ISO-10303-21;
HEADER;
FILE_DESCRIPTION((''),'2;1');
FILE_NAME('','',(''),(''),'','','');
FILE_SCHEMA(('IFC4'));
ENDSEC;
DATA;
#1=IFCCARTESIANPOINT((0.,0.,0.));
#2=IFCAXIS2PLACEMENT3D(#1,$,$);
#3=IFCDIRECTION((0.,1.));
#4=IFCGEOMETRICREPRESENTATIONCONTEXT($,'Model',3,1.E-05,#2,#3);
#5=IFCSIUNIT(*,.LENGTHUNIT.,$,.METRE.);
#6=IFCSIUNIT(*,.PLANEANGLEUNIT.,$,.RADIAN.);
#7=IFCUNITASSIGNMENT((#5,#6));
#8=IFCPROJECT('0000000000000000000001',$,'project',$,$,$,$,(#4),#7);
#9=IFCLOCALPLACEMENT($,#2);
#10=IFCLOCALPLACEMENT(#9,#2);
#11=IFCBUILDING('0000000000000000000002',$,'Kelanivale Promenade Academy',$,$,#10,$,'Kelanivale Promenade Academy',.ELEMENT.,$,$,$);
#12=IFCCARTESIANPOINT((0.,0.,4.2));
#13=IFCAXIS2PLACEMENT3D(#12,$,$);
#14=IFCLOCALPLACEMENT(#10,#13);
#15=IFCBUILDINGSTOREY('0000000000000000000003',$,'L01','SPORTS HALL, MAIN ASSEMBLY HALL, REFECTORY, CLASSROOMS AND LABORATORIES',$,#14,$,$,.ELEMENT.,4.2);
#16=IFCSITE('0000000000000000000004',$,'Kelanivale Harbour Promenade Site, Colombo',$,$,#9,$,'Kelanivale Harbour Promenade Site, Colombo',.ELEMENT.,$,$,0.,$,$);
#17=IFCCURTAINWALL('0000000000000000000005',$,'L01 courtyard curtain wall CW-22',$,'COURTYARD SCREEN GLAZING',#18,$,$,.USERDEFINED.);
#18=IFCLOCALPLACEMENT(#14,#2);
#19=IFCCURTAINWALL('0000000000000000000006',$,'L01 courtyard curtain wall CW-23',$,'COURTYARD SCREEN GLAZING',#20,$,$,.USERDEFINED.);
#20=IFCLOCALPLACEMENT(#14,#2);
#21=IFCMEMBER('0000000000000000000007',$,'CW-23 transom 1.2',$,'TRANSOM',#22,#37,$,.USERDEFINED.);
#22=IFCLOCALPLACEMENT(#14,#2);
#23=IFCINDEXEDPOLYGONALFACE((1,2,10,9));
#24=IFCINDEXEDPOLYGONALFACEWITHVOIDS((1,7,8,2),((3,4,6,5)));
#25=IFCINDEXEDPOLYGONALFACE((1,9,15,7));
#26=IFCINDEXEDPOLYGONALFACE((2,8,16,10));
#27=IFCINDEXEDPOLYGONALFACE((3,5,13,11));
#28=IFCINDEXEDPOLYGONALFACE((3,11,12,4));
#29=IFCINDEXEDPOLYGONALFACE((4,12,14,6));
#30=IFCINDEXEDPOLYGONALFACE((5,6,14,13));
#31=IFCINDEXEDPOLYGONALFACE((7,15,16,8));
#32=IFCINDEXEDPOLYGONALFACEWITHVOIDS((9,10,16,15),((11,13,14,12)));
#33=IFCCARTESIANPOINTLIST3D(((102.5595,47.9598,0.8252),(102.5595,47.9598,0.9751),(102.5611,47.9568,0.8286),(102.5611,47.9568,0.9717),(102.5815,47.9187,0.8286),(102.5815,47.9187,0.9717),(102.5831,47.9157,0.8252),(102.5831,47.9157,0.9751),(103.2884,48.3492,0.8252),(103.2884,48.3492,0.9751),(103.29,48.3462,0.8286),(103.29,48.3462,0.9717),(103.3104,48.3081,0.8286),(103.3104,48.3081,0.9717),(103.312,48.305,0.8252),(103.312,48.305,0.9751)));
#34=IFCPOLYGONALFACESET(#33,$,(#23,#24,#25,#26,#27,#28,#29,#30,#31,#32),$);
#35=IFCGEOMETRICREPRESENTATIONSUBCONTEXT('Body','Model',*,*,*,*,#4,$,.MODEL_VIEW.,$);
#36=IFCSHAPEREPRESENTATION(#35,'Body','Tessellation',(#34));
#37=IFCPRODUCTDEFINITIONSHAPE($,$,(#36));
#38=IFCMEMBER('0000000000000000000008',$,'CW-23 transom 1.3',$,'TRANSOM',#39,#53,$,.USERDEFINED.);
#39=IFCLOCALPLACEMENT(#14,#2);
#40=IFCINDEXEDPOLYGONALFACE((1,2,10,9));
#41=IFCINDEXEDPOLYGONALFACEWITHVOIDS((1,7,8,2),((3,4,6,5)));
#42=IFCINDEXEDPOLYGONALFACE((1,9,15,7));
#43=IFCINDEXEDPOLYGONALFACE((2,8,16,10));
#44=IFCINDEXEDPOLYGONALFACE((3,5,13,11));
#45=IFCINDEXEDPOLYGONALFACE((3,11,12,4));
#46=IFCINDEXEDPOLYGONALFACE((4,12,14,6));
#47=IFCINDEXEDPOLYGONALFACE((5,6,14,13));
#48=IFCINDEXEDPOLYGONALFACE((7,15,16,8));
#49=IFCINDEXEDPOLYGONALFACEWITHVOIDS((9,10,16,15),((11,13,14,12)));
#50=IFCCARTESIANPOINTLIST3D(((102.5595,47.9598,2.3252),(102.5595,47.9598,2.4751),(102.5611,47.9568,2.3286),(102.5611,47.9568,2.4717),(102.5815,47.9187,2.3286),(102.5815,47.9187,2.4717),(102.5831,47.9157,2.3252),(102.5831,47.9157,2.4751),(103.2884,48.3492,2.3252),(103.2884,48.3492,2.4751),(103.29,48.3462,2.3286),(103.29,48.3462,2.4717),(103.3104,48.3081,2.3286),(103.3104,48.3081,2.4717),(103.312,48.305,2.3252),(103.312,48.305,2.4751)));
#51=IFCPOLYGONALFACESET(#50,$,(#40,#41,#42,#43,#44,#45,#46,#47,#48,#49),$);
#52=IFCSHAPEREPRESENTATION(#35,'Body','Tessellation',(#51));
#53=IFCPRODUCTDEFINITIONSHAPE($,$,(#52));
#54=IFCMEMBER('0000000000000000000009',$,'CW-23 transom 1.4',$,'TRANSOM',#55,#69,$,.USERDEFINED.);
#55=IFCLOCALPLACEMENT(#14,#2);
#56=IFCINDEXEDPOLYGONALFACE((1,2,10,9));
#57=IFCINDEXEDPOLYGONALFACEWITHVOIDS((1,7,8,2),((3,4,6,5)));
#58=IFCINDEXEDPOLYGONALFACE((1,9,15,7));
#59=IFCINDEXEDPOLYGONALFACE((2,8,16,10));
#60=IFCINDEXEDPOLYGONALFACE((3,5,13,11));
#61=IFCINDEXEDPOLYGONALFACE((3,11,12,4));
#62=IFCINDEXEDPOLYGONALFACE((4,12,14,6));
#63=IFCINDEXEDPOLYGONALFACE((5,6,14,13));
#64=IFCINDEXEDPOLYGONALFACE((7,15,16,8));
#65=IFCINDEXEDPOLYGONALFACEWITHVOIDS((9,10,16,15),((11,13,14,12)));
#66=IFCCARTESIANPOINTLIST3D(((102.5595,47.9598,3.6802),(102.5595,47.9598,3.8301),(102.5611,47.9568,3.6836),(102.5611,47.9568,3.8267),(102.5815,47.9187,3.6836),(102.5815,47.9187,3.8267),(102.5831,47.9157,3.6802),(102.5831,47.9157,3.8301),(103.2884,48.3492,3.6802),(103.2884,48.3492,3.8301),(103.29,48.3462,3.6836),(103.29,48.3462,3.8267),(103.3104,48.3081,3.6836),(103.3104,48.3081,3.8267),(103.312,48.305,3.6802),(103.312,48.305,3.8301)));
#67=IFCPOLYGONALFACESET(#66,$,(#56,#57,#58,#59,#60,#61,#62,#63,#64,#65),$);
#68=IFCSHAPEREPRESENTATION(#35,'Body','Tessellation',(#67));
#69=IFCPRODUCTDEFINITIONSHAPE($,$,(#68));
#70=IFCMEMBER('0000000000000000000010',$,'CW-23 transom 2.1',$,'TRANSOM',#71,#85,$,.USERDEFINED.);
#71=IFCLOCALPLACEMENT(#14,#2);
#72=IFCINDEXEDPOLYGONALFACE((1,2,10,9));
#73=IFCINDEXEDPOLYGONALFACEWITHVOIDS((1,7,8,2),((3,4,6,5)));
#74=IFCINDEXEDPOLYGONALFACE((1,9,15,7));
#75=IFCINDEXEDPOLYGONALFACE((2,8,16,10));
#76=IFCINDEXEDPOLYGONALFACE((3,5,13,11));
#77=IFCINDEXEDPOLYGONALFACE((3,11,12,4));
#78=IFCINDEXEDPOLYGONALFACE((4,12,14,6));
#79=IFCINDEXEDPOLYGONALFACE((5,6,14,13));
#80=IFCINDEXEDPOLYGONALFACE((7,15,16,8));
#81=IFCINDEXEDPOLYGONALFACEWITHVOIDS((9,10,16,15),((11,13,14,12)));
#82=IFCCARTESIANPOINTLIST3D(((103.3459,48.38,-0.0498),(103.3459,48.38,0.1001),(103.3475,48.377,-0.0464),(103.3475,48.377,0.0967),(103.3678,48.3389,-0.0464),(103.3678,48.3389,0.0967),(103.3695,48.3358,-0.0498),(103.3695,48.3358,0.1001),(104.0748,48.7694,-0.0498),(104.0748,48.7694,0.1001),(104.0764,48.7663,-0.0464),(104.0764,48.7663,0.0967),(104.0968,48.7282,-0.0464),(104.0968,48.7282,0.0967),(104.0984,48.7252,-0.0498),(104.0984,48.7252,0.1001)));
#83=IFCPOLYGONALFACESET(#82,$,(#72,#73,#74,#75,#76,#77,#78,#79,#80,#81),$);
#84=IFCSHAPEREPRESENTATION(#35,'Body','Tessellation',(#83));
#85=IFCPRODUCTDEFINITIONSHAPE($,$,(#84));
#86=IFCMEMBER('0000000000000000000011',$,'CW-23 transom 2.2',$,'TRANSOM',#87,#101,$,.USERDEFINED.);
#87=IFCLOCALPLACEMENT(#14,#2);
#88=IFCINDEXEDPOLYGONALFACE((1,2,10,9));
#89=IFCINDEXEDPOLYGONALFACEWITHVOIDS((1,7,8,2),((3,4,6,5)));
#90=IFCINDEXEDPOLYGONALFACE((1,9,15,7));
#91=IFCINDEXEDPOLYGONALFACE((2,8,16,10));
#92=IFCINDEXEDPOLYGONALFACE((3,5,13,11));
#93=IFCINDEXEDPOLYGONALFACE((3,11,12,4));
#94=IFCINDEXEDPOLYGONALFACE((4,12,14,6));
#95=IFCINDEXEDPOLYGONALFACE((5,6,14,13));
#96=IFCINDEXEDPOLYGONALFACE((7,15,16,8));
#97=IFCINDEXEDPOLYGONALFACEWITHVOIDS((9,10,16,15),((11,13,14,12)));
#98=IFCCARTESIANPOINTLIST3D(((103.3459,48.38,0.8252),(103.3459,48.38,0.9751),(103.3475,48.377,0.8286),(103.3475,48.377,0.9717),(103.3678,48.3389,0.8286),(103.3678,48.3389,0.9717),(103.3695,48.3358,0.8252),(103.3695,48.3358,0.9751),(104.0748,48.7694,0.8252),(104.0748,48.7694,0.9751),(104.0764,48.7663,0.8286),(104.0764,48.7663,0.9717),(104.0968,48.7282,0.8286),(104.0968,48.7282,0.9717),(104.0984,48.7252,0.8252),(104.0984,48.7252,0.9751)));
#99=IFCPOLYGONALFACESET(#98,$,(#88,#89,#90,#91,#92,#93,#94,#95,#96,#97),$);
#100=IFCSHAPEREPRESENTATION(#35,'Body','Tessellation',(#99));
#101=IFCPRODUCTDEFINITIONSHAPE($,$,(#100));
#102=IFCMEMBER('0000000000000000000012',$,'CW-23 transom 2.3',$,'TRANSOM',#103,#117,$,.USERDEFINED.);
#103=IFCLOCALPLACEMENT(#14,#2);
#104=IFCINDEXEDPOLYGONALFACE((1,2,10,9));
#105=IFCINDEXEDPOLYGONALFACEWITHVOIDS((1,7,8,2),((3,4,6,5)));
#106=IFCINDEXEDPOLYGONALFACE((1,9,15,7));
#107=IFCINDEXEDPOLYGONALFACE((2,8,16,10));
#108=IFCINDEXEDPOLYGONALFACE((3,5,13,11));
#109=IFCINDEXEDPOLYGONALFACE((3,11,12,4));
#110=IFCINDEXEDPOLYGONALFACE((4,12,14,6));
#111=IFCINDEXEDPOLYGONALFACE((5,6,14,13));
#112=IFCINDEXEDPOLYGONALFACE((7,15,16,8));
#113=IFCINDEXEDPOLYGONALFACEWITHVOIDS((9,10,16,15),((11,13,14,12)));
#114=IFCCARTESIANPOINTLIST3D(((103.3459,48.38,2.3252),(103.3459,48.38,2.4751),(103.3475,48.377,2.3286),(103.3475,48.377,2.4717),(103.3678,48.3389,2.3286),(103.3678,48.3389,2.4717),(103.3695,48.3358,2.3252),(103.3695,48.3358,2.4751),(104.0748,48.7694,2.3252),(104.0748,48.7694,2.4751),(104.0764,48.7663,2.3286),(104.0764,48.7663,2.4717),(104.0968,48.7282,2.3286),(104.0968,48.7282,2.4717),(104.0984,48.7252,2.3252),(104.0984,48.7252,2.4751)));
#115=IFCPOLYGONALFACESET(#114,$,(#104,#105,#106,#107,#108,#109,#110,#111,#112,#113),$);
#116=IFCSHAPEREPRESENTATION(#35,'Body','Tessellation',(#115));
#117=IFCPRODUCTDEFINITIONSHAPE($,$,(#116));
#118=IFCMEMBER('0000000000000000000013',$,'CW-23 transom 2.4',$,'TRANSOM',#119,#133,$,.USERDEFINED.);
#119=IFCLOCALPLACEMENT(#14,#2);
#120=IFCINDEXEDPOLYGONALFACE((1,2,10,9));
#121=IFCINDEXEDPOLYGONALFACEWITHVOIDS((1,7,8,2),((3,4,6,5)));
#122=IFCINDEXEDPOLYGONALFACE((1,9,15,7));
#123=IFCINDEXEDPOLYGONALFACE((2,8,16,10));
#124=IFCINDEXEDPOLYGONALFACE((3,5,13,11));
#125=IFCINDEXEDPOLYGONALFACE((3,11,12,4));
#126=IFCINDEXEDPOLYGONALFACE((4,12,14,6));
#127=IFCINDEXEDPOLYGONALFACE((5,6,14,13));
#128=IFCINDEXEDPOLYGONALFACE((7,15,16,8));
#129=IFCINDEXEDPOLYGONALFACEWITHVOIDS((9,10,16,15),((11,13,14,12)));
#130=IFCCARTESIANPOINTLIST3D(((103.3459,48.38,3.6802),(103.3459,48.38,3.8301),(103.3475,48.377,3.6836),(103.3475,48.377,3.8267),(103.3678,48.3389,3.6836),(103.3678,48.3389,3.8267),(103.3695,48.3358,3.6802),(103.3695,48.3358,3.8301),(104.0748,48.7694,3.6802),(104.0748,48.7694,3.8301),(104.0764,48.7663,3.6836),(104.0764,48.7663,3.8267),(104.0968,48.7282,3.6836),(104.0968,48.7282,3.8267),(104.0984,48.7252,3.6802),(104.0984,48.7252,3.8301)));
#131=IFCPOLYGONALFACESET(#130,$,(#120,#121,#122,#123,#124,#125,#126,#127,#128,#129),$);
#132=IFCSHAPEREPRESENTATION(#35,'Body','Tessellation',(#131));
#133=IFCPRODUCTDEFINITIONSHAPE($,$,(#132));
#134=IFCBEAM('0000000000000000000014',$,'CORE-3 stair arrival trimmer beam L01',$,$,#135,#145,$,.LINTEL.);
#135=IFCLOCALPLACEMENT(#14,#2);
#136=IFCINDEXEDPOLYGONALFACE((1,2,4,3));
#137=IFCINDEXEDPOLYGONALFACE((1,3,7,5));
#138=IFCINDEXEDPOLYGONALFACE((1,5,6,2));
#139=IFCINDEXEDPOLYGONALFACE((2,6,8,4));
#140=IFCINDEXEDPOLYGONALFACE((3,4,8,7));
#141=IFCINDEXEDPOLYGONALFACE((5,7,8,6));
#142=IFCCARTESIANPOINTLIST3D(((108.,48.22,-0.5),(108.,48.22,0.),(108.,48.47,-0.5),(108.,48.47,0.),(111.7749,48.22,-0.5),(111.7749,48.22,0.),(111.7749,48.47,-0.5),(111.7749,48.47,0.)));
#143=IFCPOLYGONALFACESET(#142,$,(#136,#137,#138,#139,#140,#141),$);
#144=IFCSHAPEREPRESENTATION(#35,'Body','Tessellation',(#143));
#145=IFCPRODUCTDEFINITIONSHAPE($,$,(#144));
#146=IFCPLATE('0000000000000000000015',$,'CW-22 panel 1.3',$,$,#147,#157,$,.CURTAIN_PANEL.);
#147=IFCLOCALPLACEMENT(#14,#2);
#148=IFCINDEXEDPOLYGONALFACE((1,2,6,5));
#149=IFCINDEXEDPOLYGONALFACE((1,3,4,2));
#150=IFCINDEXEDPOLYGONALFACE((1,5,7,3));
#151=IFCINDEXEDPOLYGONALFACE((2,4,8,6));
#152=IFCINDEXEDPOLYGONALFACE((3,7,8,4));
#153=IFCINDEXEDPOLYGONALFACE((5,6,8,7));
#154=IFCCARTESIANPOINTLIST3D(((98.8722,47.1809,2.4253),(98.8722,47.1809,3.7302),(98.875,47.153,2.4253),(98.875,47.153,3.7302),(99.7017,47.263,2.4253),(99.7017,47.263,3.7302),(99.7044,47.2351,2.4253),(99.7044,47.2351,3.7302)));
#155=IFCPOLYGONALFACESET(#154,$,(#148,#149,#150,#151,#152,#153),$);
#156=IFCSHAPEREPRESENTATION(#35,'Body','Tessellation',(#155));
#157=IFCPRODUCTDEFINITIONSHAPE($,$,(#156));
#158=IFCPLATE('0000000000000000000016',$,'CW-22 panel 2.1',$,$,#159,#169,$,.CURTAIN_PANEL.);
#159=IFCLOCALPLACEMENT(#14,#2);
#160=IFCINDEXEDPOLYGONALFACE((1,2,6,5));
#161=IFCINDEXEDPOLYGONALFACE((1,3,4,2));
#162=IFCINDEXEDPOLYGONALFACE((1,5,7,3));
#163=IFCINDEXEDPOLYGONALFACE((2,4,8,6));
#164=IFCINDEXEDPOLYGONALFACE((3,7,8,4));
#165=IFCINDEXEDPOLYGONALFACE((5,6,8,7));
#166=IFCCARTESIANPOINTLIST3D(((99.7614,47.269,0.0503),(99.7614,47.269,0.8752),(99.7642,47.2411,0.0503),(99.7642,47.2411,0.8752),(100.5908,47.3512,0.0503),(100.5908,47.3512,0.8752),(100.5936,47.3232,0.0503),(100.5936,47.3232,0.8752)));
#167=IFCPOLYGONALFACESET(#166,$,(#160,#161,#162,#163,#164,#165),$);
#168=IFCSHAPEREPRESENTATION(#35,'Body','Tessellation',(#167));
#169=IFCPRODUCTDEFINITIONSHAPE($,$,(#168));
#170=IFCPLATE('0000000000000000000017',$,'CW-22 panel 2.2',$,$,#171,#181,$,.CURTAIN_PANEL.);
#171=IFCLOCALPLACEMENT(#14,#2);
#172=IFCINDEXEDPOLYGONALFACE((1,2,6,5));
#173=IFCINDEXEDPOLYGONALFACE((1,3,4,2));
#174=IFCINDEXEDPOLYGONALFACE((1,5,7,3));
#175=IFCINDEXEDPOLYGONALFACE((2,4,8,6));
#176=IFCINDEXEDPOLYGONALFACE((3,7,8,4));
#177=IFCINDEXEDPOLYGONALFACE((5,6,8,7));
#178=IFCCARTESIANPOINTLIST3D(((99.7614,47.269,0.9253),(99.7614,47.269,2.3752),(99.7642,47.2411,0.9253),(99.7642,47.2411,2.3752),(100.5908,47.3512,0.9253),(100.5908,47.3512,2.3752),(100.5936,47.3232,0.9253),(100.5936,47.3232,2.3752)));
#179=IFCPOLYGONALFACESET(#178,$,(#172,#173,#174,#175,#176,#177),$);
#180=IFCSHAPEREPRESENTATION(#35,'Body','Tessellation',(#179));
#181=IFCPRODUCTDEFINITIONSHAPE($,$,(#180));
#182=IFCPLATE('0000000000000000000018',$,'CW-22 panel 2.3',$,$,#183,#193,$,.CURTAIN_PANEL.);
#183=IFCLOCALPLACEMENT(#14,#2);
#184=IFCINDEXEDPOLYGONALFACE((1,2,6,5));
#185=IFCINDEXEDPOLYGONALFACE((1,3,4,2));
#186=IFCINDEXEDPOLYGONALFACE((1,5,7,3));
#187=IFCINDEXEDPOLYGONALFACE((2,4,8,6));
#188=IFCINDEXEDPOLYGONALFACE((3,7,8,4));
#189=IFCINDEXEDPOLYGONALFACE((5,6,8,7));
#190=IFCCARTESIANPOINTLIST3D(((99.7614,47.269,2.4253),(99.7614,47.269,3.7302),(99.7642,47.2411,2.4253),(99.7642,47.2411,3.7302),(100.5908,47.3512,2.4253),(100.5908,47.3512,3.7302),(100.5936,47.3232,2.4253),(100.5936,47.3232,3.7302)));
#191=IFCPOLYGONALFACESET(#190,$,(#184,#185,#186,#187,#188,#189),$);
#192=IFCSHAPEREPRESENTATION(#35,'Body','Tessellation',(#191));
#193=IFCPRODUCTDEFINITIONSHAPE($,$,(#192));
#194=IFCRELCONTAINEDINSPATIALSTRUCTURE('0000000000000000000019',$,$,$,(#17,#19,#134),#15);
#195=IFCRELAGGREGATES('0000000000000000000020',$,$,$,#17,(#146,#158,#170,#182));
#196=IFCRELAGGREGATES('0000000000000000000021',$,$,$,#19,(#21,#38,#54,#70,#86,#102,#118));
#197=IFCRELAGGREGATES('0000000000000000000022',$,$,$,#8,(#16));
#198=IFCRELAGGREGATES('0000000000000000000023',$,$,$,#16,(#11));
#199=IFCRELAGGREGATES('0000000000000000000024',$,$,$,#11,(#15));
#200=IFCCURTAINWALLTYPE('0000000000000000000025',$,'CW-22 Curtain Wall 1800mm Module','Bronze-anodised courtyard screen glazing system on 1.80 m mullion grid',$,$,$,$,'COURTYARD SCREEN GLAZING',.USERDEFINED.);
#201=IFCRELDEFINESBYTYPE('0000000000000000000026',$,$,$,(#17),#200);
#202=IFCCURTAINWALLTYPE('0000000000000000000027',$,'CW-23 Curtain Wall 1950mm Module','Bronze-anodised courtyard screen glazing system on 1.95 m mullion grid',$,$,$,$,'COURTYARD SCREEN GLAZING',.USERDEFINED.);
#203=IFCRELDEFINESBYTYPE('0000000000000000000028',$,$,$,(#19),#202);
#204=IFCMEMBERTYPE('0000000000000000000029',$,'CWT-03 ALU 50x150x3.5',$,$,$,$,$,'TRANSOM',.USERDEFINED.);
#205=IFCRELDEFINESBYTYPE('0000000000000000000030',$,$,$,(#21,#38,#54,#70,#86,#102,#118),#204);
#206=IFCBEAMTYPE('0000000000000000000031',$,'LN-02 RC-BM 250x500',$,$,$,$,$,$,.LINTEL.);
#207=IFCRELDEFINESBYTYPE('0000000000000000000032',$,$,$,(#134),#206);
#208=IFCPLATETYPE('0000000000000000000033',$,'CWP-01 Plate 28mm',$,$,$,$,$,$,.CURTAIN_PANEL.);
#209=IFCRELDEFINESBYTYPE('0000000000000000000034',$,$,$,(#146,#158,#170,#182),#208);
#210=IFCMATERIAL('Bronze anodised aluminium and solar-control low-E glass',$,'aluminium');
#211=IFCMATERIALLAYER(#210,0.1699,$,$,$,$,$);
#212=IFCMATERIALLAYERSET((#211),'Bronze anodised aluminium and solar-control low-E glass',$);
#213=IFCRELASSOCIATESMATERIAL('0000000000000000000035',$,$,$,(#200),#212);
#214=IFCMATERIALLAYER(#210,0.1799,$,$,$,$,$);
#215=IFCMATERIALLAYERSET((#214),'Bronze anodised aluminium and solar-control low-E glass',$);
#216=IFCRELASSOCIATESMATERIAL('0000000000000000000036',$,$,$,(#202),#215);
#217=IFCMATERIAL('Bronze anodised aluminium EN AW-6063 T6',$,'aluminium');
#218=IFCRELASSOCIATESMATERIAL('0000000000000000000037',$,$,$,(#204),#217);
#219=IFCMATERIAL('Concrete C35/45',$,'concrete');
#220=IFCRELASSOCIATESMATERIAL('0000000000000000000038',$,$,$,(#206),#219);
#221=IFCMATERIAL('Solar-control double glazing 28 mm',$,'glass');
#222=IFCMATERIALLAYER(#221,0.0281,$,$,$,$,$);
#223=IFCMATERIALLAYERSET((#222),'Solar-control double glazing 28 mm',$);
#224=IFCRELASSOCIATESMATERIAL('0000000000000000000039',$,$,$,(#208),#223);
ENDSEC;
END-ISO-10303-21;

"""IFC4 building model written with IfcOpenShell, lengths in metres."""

from ifc_helpers import new_model, si_unit, direction, frame, origin, origin_2d, place, context, subcontext, project, spatial, rectangle, hollow_rectangle, extrude, material, layer, layer_set, material_profile, profile_set, type_object, element, aggregate, save


model = new_model("IFC4")

# Units and contexts
model_context = context("Model", 3, precision=1e-05, world=origin(), true_north=direction((0.0, 1.0)))
body_context = subcontext(model_context, "Body", "Model", "MODEL_VIEW")
ifc_project = project(units=[si_unit("LENGTHUNIT", "METRE"), si_unit("PLANEANGLEUNIT", "RADIAN")], contexts=[model_context])

# Site, building, storey
site_placement = place(None, origin())
site = spatial("IfcSite", under=ifc_project, at=site_placement, Name="Kelanivale Harbour Promenade Site, Colombo", LongName="Kelanivale Harbour Promenade Site, Colombo", CompositionType="ELEMENT", RefElevation=0.0)
building_placement = place(site_placement, origin())
building = spatial("IfcBuilding", under=site, at=building_placement, Name="Kelanivale Promenade Academy", LongName="Kelanivale Promenade Academy", CompositionType="ELEMENT")
storey_placement = place(building_placement, frame((0.0, 0.0, 4.2)))
storey = spatial("IfcBuildingStorey", under=building, at=storey_placement, Name="L01", Description="SPORTS HALL, MAIN ASSEMBLY HALL, REFECTORY, CLASSROOMS AND LABORATORIES", CompositionType="ELEMENT", Elevation=4.2)

# Curtain walls
ifc_material_1 = material(Name="Bronze anodised aluminium and solar-control low-E glass", Category="aluminium")
ifc_layer_1 = layer(ifc_material_1, 0.1699)
ifc_layer_set_1 = layer_set([ifc_layer_1], Name="Bronze anodised aluminium and solar-control low-E glass")
curtain_wall_type_1 = type_object("IfcCurtainWallType", Name="CW-22 Curtain Wall 1800mm Module", Description="Bronze-anodised courtyard screen glazing system on 1.80 m mullion grid", ElementType="COURTYARD SCREEN GLAZING", PredefinedType="USERDEFINED", material=ifc_layer_set_1)
curtain_wall_1_placement = place(storey_placement, origin())
curtain_wall_1 = element("IfcCurtainWall", 1, at=curtain_wall_1_placement, inside=storey, type_object=curtain_wall_type_1, Name="L01 courtyard curtain wall CW-22", ObjectType="COURTYARD SCREEN GLAZING", PredefinedType="USERDEFINED")
ifc_material_2 = material(Name="Bronze anodised aluminium EN AW-6063 T6", Category="aluminium")
ifc_layer_2 = layer(ifc_material_1, 0.1799)
ifc_layer_set_2 = layer_set([ifc_layer_2], Name="Bronze anodised aluminium and solar-control low-E glass")
curtain_wall_type_2 = type_object("IfcCurtainWallType", Name="CW-23 Curtain Wall 1950mm Module", Description="Bronze-anodised courtyard screen glazing system on 1.95 m mullion grid", ElementType="COURTYARD SCREEN GLAZING", PredefinedType="USERDEFINED", material=ifc_layer_set_2)
curtain_wall_2_placement = place(storey_placement, origin())
curtain_wall_2 = element("IfcCurtainWall", 2, at=curtain_wall_2_placement, inside=storey, type_object=curtain_wall_type_2, Name="L01 courtyard curtain wall CW-23", ObjectType="COURTYARD SCREEN GLAZING", PredefinedType="USERDEFINED")

# Members
ifc_material_profile_1 = material_profile(ifc_material_2, hollow_rectangle(XDim=0.05, YDim=0.1499, WallThickness=0.0034, at=origin_2d()), Name="ALU 50x150x3.5")
ifc_profile_set_1 = profile_set([ifc_material_profile_1], Name="Bronze anodised aluminium EN AW-6063 T6")
member_type_1 = type_object("IfcMemberType", Name="CWT-03 ALU 50x150x3.5", ElementType="TRANSOM", PredefinedType="USERDEFINED", material=ifc_profile_set_1)
member_1_placement = place(storey_placement, frame((102.5713, 47.9377, 0.9001), z_axis=(0.88205, 0.471155, 0.0), x_axis=(-0.471155, 0.88205, 0.0)))
member_1 = element("IfcMember", 3, at=member_1_placement, type_object=member_type_1, Name="CW-23 transom 1.2", ObjectType="TRANSOM", PredefinedType="USERDEFINED", context=body_context, shape_type="SweptSolid", body=[
    extrude(hollow_rectangle(XDim=0.05, YDim=0.1499, WallThickness=0.0034, at=origin_2d()), origin(), (0.0, 0.0, 1.0), 0.8264),
])
member_2_placement = place(storey_placement, frame((102.5713, 47.9377, 2.4001), z_axis=(0.88205, 0.471155, 0.0), x_axis=(-0.471155, 0.88205, 0.0)))
member_2 = element("IfcMember", 4, at=member_2_placement, type_object=member_type_1, Name="CW-23 transom 1.3", ObjectType="TRANSOM", PredefinedType="USERDEFINED", context=body_context, shape_type="SweptSolid", body=[
    extrude(hollow_rectangle(XDim=0.05, YDim=0.1499, WallThickness=0.0034, at=origin_2d()), origin(), (0.0, 0.0, 1.0), 0.8264),
])
member_3_placement = place(storey_placement, frame((102.5713, 47.9377, 3.7551), z_axis=(0.88205, 0.471155, 0.0), x_axis=(-0.471155, 0.88205, 0.0)))
member_3 = element("IfcMember", 5, at=member_3_placement, type_object=member_type_1, Name="CW-23 transom 1.4", ObjectType="TRANSOM", PredefinedType="USERDEFINED", context=body_context, shape_type="SweptSolid", body=[
    extrude(hollow_rectangle(XDim=0.05, YDim=0.1499, WallThickness=0.0034, at=origin_2d()), origin(), (0.0, 0.0, 1.0), 0.8264),
])
member_4_placement = place(storey_placement, frame((103.3577, 48.3579, 0.0251), z_axis=(0.88205, 0.471155, 0.0), x_axis=(-0.471155, 0.88205, 0.0)))
member_4 = element("IfcMember", 6, at=member_4_placement, type_object=member_type_1, Name="CW-23 transom 2.1", ObjectType="TRANSOM", PredefinedType="USERDEFINED", context=body_context, shape_type="SweptSolid", body=[
    extrude(hollow_rectangle(XDim=0.05, YDim=0.1499, WallThickness=0.0034, at=origin_2d()), origin(), (0.0, 0.0, 1.0), 0.8264),
])
member_5_placement = place(storey_placement, frame((103.3577, 48.3579, 0.9001), z_axis=(0.88205, 0.471155, 0.0), x_axis=(-0.471155, 0.88205, 0.0)))
member_5 = element("IfcMember", 7, at=member_5_placement, type_object=member_type_1, Name="CW-23 transom 2.2", ObjectType="TRANSOM", PredefinedType="USERDEFINED", context=body_context, shape_type="SweptSolid", body=[
    extrude(hollow_rectangle(XDim=0.05, YDim=0.1499, WallThickness=0.0034, at=origin_2d()), origin(), (0.0, 0.0, 1.0), 0.8264),
])
member_6_placement = place(storey_placement, frame((103.3577, 48.3579, 2.4001), z_axis=(0.88205, 0.471155, 0.0), x_axis=(-0.471155, 0.88205, 0.0)))
member_6 = element("IfcMember", 8, at=member_6_placement, type_object=member_type_1, Name="CW-23 transom 2.3", ObjectType="TRANSOM", PredefinedType="USERDEFINED", context=body_context, shape_type="SweptSolid", body=[
    extrude(hollow_rectangle(XDim=0.05, YDim=0.1499, WallThickness=0.0034, at=origin_2d()), origin(), (0.0, 0.0, 1.0), 0.8264),
])
member_7_placement = place(storey_placement, frame((103.3577, 48.3579, 3.7551), z_axis=(0.88205, 0.471155, 0.0), x_axis=(-0.471155, 0.88205, 0.0)))
member_7 = element("IfcMember", 9, at=member_7_placement, type_object=member_type_1, Name="CW-23 transom 2.4", ObjectType="TRANSOM", PredefinedType="USERDEFINED", context=body_context, shape_type="SweptSolid", body=[
    extrude(hollow_rectangle(XDim=0.05, YDim=0.1499, WallThickness=0.0034, at=origin_2d()), origin(), (0.0, 0.0, 1.0), 0.8264),
])

# Beam
ifc_material_3 = material(Name="Concrete C35/45", Category="concrete")
ifc_material_profile_2 = material_profile(ifc_material_3, rectangle(XDim=0.25, YDim=0.5, at=origin_2d()), Name="RC-BM 250x500")
ifc_profile_set_2 = profile_set([ifc_material_profile_2], Name="Concrete C35/45")
beam_type = type_object("IfcBeamType", Name="LN-02 RC-BM 250x500", PredefinedType="LINTEL", material=ifc_profile_set_2)
beam_placement = place(storey_placement, frame((108.0, 48.345, -0.25), z_axis=(1.0, 0.0, 0.0), x_axis=(0.0, 1.0, 0.0)))
element("IfcBeam", 10, at=beam_placement, inside=storey, type_object=beam_type, Name="CORE-3 stair arrival trimmer beam L01", PredefinedType="LINTEL", context=body_context, shape_type="SweptSolid", body=[
    extrude(rectangle(XDim=0.25, YDim=0.5, at=origin_2d()), origin(), (0.0, 0.0, 1.0), 3.7749),
])

# Plates
ifc_material_4 = material(Name="Solar-control double glazing 28 mm", Category="glass")
ifc_layer_3 = layer(ifc_material_4, 0.0281)
ifc_layer_set_3 = layer_set([ifc_layer_3], Name="Solar-control double glazing 28 mm")
plate_type_1 = type_object("IfcPlateType", Name="CWP-01 Plate 28mm", PredefinedType="CURTAIN_PANEL", material=ifc_layer_set_3)
plate_1_placement = place(storey_placement, frame((99.2883, 47.208, 2.4253), z_axis=(0.0, 0.0, 1.0), x_axis=(0.995133, 0.098539, 0.0)))
plate_1 = element("IfcPlate", 11, at=plate_1_placement, type_object=plate_type_1, Name="CW-22 panel 1.3", PredefinedType="CURTAIN_PANEL", context=body_context, shape_type="SweptSolid", body=[
    extrude(rectangle(XDim=0.8335, YDim=0.0281, at=origin_2d()), origin(), (0.0, 0.0, 1.0), 1.3049),
])
plate_2_placement = place(storey_placement, frame((100.1775, 47.2961, 0.0503), z_axis=(0.0, 0.0, 1.0), x_axis=(0.995133, 0.098539, 0.0)))
plate_2 = element("IfcPlate", 12, at=plate_2_placement, type_object=plate_type_1, Name="CW-22 panel 2.1", PredefinedType="CURTAIN_PANEL", context=body_context, shape_type="SweptSolid", body=[
    extrude(rectangle(XDim=0.8335, YDim=0.0281, at=origin_2d()), origin(), (0.0, 0.0, 1.0), 0.825),
])
plate_3_placement = place(storey_placement, frame((100.1775, 47.2961, 0.9253), z_axis=(0.0, 0.0, 1.0), x_axis=(0.995133, 0.098539, 0.0)))
plate_3 = element("IfcPlate", 13, at=plate_3_placement, type_object=plate_type_1, Name="CW-22 panel 2.2", PredefinedType="CURTAIN_PANEL", context=body_context, shape_type="SweptSolid", body=[
    extrude(rectangle(XDim=0.8335, YDim=0.0281, at=origin_2d()), origin(), (0.0, 0.0, 1.0), 1.45),
])
plate_4_placement = place(storey_placement, frame((100.1775, 47.2961, 2.4253), z_axis=(0.0, 0.0, 1.0), x_axis=(0.995133, 0.098539, 0.0)))
plate_4 = element("IfcPlate", 14, at=plate_4_placement, type_object=plate_type_1, Name="CW-22 panel 2.3", PredefinedType="CURTAIN_PANEL", context=body_context, shape_type="SweptSolid", body=[
    extrude(rectangle(XDim=0.8335, YDim=0.0281, at=origin_2d()), origin(), (0.0, 0.0, 1.0), 1.3049),
])
aggregate(curtain_wall_1, [plate_1, plate_2, plate_3, plate_4])
aggregate(curtain_wall_2, [member_1, member_2, member_3, member_4, member_5, member_6, member_7])

save(model, "model.ifc")
